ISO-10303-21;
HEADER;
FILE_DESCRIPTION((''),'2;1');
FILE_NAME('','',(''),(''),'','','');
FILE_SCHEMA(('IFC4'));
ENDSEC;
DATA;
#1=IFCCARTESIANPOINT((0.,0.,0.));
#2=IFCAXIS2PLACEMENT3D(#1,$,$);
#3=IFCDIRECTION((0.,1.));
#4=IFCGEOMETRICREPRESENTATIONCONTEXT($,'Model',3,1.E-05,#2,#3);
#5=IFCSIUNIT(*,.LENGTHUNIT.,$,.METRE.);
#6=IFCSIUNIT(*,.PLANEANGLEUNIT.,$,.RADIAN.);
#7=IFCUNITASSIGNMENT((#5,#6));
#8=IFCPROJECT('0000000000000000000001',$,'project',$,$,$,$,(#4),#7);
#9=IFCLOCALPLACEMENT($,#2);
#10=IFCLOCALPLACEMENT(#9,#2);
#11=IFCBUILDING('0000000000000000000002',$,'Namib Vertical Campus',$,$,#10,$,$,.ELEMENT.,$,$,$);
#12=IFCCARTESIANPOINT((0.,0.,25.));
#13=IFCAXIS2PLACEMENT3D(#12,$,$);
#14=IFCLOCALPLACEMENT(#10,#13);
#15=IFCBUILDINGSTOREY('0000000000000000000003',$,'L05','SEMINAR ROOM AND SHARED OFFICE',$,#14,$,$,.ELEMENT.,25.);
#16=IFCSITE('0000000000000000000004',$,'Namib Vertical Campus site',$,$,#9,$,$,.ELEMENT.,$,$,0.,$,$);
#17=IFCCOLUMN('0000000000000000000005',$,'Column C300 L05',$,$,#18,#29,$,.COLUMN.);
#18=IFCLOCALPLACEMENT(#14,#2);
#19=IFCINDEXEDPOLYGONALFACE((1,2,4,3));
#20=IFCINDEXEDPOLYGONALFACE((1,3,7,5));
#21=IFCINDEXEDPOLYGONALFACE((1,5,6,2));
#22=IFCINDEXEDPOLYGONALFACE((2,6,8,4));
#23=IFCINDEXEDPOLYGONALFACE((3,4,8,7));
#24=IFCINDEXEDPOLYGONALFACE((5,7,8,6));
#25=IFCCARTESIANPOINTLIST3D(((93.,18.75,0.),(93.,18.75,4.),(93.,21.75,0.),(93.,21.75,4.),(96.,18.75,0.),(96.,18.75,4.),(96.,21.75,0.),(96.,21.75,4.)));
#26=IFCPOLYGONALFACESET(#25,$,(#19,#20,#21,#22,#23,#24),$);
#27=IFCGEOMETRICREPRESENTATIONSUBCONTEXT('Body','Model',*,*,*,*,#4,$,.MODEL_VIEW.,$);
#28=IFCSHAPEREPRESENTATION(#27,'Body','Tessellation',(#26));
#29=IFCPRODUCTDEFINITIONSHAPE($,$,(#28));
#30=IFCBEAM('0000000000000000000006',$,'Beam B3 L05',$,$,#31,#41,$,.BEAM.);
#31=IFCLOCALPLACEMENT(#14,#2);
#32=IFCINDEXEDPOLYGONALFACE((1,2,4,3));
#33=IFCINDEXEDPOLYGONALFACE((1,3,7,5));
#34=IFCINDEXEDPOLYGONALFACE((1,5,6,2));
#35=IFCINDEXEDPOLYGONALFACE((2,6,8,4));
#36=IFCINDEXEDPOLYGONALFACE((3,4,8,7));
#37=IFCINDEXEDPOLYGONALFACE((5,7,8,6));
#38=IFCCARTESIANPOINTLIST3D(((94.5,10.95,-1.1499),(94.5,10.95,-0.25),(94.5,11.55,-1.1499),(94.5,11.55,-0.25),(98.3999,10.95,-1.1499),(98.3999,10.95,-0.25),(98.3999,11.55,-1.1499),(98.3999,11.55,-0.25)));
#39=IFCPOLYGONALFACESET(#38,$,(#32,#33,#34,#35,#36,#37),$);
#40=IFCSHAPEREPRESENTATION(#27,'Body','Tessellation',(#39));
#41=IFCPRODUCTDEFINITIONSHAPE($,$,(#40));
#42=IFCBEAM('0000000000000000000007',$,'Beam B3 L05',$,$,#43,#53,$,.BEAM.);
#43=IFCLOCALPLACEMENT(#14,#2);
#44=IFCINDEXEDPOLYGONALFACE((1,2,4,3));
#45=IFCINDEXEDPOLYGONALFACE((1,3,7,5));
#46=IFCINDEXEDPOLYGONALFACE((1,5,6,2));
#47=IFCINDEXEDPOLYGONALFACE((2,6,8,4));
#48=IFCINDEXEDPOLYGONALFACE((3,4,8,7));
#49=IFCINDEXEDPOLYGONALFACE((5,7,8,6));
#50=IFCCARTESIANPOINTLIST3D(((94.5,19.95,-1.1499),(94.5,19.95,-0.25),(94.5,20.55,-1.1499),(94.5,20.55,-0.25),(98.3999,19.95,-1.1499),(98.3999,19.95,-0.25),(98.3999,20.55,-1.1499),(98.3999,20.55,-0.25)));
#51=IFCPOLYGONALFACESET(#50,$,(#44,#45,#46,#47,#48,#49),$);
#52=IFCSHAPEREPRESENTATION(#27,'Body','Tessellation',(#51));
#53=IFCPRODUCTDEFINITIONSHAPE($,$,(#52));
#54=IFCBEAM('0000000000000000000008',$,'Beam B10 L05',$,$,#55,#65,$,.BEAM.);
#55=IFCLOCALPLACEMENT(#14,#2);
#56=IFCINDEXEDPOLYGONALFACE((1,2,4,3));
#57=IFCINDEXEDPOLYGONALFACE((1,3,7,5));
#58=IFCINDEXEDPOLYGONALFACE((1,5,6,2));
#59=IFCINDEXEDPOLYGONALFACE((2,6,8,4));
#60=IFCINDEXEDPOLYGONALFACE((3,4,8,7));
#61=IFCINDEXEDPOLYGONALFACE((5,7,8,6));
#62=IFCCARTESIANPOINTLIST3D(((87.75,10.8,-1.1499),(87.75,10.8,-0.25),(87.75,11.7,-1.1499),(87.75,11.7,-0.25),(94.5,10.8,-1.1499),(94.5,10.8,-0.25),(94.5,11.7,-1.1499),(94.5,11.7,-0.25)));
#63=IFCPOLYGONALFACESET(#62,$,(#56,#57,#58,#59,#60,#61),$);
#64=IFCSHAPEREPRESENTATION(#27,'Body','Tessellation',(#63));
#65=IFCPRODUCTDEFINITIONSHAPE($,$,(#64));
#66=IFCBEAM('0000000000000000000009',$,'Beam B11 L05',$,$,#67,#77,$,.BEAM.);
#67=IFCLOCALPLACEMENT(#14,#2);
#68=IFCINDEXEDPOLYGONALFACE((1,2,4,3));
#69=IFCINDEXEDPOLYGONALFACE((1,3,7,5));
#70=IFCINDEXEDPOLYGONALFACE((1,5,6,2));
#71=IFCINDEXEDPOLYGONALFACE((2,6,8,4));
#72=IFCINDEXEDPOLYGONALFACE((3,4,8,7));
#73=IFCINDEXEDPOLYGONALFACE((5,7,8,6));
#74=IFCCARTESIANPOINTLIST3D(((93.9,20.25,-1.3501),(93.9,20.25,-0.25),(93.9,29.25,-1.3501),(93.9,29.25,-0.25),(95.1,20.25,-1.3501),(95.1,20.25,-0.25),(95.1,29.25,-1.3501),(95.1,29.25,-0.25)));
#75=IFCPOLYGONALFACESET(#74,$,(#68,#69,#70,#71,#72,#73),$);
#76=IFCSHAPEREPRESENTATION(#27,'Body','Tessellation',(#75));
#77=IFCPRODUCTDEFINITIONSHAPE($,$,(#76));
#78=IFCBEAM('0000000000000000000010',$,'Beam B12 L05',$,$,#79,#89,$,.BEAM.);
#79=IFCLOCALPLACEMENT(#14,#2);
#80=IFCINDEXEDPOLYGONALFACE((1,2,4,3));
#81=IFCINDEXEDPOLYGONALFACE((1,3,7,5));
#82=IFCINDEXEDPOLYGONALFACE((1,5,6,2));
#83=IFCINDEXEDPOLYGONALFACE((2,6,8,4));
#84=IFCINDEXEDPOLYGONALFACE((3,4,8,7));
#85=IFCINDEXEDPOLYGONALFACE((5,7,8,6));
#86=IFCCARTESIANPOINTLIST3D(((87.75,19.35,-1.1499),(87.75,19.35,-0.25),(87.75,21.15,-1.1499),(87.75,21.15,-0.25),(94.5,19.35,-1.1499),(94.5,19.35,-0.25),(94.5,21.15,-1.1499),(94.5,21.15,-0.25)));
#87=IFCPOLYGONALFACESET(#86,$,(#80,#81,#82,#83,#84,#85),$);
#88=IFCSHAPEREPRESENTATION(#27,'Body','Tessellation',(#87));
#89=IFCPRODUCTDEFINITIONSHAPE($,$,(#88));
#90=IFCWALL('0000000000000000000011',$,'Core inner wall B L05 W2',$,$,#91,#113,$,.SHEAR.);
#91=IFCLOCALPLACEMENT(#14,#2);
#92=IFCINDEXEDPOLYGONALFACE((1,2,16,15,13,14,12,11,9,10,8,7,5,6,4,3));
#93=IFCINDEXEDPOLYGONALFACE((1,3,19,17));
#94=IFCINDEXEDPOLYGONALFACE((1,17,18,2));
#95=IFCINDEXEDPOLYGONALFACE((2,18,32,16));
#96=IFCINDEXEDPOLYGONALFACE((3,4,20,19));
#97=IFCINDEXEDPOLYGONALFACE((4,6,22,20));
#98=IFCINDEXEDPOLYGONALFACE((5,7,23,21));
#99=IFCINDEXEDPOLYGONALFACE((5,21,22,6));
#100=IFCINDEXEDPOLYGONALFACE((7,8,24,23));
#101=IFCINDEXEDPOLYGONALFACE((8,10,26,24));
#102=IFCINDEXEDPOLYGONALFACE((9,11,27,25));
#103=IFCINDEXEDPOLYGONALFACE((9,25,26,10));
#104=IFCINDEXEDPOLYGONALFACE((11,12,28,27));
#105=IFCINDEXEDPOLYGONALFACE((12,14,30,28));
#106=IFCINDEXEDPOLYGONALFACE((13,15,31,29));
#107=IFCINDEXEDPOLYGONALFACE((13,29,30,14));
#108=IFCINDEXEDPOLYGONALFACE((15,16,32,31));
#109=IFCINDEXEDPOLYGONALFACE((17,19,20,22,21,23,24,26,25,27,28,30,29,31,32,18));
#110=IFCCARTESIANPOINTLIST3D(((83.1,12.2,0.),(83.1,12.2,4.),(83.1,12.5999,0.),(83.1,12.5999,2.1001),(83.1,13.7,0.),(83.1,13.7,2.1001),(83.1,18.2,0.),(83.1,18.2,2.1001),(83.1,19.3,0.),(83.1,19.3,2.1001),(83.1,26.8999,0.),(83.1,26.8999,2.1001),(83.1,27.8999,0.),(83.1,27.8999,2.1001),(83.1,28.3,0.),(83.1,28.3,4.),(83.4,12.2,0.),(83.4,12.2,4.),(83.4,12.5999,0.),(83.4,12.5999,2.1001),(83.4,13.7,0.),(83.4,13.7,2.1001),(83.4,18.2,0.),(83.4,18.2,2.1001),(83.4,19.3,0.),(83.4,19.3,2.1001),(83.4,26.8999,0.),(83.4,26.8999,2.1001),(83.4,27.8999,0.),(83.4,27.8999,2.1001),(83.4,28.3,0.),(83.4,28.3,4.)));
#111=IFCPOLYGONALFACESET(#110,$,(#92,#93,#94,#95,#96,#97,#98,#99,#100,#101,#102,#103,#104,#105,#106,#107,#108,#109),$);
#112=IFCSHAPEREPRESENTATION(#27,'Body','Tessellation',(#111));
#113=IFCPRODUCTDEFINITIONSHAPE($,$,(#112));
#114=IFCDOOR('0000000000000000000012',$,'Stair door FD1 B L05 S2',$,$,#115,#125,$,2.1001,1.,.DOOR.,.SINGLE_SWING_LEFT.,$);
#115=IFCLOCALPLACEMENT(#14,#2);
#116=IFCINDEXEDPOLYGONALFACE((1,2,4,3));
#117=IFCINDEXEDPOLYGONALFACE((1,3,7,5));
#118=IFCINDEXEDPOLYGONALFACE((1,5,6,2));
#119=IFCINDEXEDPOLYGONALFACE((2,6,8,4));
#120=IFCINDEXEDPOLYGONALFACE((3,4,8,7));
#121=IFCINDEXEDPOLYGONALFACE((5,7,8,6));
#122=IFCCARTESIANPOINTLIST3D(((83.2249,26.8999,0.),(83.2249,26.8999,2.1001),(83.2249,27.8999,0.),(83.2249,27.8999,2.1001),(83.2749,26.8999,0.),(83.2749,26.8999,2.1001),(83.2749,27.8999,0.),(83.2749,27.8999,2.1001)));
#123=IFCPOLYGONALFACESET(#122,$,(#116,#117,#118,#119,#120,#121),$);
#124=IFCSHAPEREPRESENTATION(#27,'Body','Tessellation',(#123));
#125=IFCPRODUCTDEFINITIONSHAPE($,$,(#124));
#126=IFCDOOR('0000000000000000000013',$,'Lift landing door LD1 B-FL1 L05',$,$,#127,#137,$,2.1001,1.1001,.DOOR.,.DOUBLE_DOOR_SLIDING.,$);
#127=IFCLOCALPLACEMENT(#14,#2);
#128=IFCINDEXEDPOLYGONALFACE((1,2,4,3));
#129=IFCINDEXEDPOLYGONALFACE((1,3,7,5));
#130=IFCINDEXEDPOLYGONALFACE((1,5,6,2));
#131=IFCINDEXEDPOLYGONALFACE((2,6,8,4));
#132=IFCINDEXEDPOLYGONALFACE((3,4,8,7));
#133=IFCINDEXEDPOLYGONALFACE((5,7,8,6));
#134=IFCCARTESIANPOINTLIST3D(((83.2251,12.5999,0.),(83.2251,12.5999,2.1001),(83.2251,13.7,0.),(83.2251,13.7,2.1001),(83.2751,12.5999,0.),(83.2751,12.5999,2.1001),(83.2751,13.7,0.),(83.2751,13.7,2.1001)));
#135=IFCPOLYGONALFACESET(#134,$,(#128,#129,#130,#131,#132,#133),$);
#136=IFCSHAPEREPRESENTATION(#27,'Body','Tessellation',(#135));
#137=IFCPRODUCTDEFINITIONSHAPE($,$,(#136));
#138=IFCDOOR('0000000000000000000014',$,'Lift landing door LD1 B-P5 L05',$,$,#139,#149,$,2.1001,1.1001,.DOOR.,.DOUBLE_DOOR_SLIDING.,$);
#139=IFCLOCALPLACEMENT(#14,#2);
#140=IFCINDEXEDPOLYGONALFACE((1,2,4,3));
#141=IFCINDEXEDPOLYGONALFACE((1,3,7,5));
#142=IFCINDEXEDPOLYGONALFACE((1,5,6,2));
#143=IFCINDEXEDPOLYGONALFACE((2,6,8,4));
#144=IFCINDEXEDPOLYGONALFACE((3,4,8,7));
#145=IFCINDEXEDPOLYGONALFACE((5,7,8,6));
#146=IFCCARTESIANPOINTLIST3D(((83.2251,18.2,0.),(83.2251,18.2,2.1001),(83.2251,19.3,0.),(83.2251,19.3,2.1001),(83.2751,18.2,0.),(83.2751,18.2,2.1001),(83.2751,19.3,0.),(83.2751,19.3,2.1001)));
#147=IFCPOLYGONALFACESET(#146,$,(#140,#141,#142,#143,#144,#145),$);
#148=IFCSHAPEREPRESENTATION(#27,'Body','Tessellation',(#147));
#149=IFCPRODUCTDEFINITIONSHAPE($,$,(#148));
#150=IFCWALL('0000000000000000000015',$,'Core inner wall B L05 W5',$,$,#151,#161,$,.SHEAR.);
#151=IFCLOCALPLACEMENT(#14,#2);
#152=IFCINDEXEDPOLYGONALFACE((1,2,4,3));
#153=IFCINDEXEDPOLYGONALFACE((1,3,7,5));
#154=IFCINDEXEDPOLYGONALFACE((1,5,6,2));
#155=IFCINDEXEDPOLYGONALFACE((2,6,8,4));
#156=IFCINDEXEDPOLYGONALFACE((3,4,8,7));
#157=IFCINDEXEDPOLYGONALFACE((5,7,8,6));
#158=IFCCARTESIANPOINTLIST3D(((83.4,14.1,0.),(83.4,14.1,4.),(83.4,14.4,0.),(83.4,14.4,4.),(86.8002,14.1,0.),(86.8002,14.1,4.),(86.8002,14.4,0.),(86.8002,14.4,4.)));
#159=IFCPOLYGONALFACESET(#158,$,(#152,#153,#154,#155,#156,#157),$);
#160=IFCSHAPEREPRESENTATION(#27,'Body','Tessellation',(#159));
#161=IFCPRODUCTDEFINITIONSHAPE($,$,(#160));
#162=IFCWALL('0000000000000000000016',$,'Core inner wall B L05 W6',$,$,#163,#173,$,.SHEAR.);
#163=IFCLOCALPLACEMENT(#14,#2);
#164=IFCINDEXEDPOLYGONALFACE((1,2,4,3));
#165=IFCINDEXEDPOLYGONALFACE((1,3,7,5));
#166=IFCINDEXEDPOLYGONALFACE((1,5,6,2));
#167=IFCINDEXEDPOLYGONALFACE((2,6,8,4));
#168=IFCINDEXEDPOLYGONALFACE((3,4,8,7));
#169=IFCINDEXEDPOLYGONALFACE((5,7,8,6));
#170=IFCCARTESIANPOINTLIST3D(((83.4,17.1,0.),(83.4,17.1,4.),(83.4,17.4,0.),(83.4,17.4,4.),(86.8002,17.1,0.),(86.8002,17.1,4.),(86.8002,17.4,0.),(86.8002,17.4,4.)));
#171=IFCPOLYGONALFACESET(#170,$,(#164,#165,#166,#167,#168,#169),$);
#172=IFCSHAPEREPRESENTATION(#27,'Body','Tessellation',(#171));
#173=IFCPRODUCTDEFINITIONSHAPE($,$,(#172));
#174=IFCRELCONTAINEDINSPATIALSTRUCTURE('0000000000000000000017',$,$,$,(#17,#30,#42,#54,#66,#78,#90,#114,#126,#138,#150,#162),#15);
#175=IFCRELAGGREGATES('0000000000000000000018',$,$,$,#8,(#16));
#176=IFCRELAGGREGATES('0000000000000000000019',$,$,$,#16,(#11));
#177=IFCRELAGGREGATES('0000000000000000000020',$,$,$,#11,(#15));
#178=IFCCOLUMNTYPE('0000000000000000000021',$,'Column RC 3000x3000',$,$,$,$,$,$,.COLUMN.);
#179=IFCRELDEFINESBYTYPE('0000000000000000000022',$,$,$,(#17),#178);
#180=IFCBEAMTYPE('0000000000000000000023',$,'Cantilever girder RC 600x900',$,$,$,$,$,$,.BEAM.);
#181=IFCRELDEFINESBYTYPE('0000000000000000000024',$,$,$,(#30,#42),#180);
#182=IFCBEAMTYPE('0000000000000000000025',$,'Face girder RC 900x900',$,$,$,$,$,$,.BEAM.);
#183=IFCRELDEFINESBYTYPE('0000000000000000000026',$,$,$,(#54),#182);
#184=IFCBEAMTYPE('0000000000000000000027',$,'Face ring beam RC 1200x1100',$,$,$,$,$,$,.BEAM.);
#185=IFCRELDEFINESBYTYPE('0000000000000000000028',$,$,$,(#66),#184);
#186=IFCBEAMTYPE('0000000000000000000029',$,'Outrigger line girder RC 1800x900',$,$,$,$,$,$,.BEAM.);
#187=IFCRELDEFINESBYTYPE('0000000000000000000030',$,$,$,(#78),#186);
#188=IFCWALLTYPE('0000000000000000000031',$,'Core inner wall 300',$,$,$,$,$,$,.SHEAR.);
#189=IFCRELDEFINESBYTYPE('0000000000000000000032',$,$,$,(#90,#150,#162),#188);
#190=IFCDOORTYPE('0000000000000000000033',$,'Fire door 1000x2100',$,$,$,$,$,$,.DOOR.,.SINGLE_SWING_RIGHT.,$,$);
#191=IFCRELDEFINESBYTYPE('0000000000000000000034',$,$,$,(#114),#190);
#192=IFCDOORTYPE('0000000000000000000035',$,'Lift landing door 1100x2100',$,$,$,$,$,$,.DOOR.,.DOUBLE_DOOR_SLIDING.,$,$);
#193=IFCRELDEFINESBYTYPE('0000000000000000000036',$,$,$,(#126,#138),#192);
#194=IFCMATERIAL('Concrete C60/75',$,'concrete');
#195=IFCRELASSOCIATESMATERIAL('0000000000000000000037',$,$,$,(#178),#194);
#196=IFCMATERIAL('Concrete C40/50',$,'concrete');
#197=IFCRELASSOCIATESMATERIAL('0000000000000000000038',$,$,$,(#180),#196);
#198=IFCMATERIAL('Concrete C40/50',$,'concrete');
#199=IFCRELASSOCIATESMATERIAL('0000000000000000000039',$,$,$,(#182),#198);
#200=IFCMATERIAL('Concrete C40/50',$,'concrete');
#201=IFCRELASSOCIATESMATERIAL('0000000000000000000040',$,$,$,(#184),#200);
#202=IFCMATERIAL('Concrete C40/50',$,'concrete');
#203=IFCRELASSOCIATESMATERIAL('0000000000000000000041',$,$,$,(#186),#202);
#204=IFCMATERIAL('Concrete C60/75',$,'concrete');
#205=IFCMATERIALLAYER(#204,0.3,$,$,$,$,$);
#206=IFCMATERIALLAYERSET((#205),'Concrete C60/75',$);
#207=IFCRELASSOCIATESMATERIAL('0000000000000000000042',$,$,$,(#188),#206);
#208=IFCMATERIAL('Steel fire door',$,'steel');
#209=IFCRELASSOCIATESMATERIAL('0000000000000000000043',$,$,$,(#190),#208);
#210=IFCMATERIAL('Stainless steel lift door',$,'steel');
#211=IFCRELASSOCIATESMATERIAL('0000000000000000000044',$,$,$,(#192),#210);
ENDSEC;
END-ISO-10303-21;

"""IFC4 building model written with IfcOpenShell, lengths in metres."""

from ifc_helpers import new_model, si_unit, direction, frame, frame_2d, origin, origin_2d, place, context, subcontext, project, spatial, rectangle, extrude, material, layer, layer_set, material_profile, profile_set, type_object, element, fill, save


model = new_model("IFC4")

# Units and contexts
model_context = context("Model", 3, precision=1e-05, world=origin(), true_north=direction((0.0, 1.0)))
body_context = subcontext(model_context, "Body", "Model", "MODEL_VIEW")
ifc_project = project(units=[si_unit("LENGTHUNIT", "METRE"), si_unit("PLANEANGLEUNIT", "RADIAN")], contexts=[model_context])

# Site, building, storey
site_placement = place(None, origin())
site = spatial("IfcSite", under=ifc_project, at=site_placement, Name="Namib Vertical Campus site", CompositionType="ELEMENT", RefElevation=0.0)
building_placement = place(site_placement, origin())
building = spatial("IfcBuilding", under=site, at=building_placement, Name="Namib Vertical Campus", CompositionType="ELEMENT")
storey_placement = place(building_placement, frame((0.0, 0.0, 25.0)))
storey = spatial("IfcBuildingStorey", under=building, at=storey_placement, Name="L05", Description="SEMINAR ROOM AND SHARED OFFICE", CompositionType="ELEMENT", Elevation=25.0)

# Column
ifc_material_1 = material(Name="Concrete C60/75", Category="concrete")
ifc_material_profile_1 = material_profile(ifc_material_1, rectangle(XDim=3.0, YDim=3.0, at=origin_2d()))
ifc_profile_set_1 = profile_set([ifc_material_profile_1], Name="Concrete C60/75")
column_type = type_object("IfcColumnType", Name="Column RC 3000x3000", PredefinedType="COLUMN", material=ifc_profile_set_1)
column_placement = place(storey_placement, frame((94.5, 20.25, 0.0), z_axis=(0.0, 0.0, 1.0), x_axis=(1.0, 0.0, 0.0)))
element("IfcColumn", 1, at=column_placement, inside=storey, type_object=column_type, Name="Column C300 L05", PredefinedType="COLUMN", context=body_context, shape_type="SweptSolid", body=[
    extrude(rectangle(XDim=3.0, YDim=3.0, at=origin_2d()), origin(), (0.0, 0.0, 1.0), 4.0),
])

# Beams
ifc_material_2 = material(Name="Concrete C40/50", Category="concrete")
ifc_material_profile_2 = material_profile(ifc_material_2, rectangle(XDim=0.6001, YDim=0.8999, at=origin_2d()))
ifc_profile_set_2 = profile_set([ifc_material_profile_2], Name="Concrete C40/50")
beam_type_1 = type_object("IfcBeamType", Name="Cantilever girder RC 600x900", PredefinedType="BEAM", material=ifc_profile_set_2)
for number, where, z_axis, x_axis, name in (
    (2, (94.5, 11.25, -0.7), (1.0, 0.0, 0.0), (0.0, 1.0, 0.0), "Beam B3 L05"),
    (3, (94.5, 20.25, -0.7), (1.0, 0.0, 0.0), (0.0, 1.0, 0.0), "Beam B3 L05"),
):
    element("IfcBeam", number, at=place(storey_placement, frame(where, z_axis=z_axis, x_axis=x_axis)), inside=storey, type_object=beam_type_1, Name=name, PredefinedType="BEAM", context=body_context, shape_type="SweptSolid", body=[
        extrude(rectangle(XDim=0.6001, YDim=0.8999, at=origin_2d()), origin(), (0.0, 0.0, 1.0), 3.8999),
    ])
ifc_material_3 = material(Name="Concrete C40/50", Category="concrete")
ifc_material_profile_3 = material_profile(ifc_material_3, rectangle(XDim=0.8999, YDim=0.8999, at=origin_2d()))
ifc_profile_set_3 = profile_set([ifc_material_profile_3], Name="Concrete C40/50")
beam_type_2 = type_object("IfcBeamType", Name="Face girder RC 900x900", PredefinedType="BEAM", material=ifc_profile_set_3)
beam_1_placement = place(storey_placement, frame((94.5, 11.25, -0.7), z_axis=(-1.0, 0.0, 0.0), x_axis=(0.0, -1.0, 0.0)))
element("IfcBeam", 4, at=beam_1_placement, inside=storey, type_object=beam_type_2, Name="Beam B10 L05", PredefinedType="BEAM", context=body_context, shape_type="SweptSolid", body=[
    extrude(rectangle(XDim=0.8999, YDim=0.8999, at=origin_2d()), origin(), (0.0, 0.0, 1.0), 6.75),
])
ifc_material_4 = material(Name="Concrete C40/50", Category="concrete")
ifc_material_profile_4 = material_profile(ifc_material_4, rectangle(XDim=1.2, YDim=1.1001, at=origin_2d()))
ifc_profile_set_4 = profile_set([ifc_material_profile_4], Name="Concrete C40/50")
beam_type_3 = type_object("IfcBeamType", Name="Face ring beam RC 1200x1100", PredefinedType="BEAM", material=ifc_profile_set_4)
beam_2_placement = place(storey_placement, frame((94.5, 20.25, -0.8), z_axis=(0.0, 1.0, 0.0), x_axis=(-1.0, 0.0, 0.0)))
element("IfcBeam", 5, at=beam_2_placement, inside=storey, type_object=beam_type_3, Name="Beam B11 L05", PredefinedType="BEAM", context=body_context, shape_type="SweptSolid", body=[
    extrude(rectangle(XDim=1.2, YDim=1.1001, at=origin_2d()), origin(), (0.0, 0.0, 1.0), 9.0),
])
ifc_material_5 = material(Name="Concrete C40/50", Category="concrete")
ifc_material_profile_5 = material_profile(ifc_material_5, rectangle(XDim=1.8, YDim=0.8999, at=origin_2d()))
ifc_profile_set_5 = profile_set([ifc_material_profile_5], Name="Concrete C40/50")
beam_type_4 = type_object("IfcBeamType", Name="Outrigger line girder RC 1800x900", PredefinedType="BEAM", material=ifc_profile_set_5)
beam_3_placement = place(storey_placement, frame((94.5, 20.25, -0.7), z_axis=(-1.0, 0.0, 0.0), x_axis=(0.0, -1.0, 0.0)))
element("IfcBeam", 6, at=beam_3_placement, inside=storey, type_object=beam_type_4, Name="Beam B12 L05", PredefinedType="BEAM", context=body_context, shape_type="SweptSolid", body=[
    extrude(rectangle(XDim=1.8, YDim=0.8999, at=origin_2d()), origin(), (0.0, 0.0, 1.0), 6.75),
])

# Wall, openings, doors
ifc_material_6 = material(Name="Concrete C60/75", Category="concrete")
ifc_layer_1 = layer(ifc_material_6, 0.3)
ifc_layer_set_1 = layer_set([ifc_layer_1], Name="Concrete C60/75")
wall_type_1 = type_object("IfcWallType", Name="Core inner wall 300", PredefinedType="SHEAR", material=ifc_layer_set_1)
wall_1_placement = place(storey_placement, frame((83.25, 12.2, 0.0), z_axis=(0.0, 0.0, 1.0), x_axis=(0.0, 1.0, 0.0)))
wall_1 = element("IfcWall", 7, at=wall_1_placement, inside=storey, type_object=wall_type_1, Name="Core inner wall B L05 W2", PredefinedType="SHEAR", context=body_context, shape_type="SweptSolid", body=[
    extrude(rectangle(XDim=16.1001, YDim=0.3, at=frame_2d((8.05, 0.0))), origin(), (0.0, 0.0, 1.0), 4.0),
])
opening_1_placement = place(wall_1_placement, frame((14.7, 0.0, 0.0)))
opening_1 = element("IfcOpeningElement", 8, at=opening_1_placement, cuts=wall_1, PredefinedType="OPENING", context=body_context, shape_type="SweptSolid", body=[
    extrude(rectangle(XDim=1.0, YDim=2.1001, at=frame_2d((0.5, 1.05))), frame((0.0, 0.1599, 0.0), z_axis=(0.0, -1.0, 0.0), x_axis=(1.0, 0.0, 0.0)), (0.0, 0.0, 1.0), 0.3201),
])
opening_2_placement = place(wall_1_placement, frame((0.3999, 0.0, 0.0)))
opening_2 = element("IfcOpeningElement", 9, at=opening_2_placement, cuts=wall_1, PredefinedType="OPENING", context=body_context, shape_type="SweptSolid", body=[
    extrude(rectangle(XDim=1.1001, YDim=2.1001, at=frame_2d((0.55, 1.05))), frame((0.0, 0.1599, 0.0), z_axis=(0.0, -1.0, 0.0), x_axis=(1.0, 0.0, 0.0)), (0.0, 0.0, 1.0), 0.3201),
])
opening_3_placement = place(wall_1_placement, frame((6.0, 0.0, 0.0)))
opening_3 = element("IfcOpeningElement", 10, at=opening_3_placement, cuts=wall_1, PredefinedType="OPENING", context=body_context, shape_type="SweptSolid", body=[
    extrude(rectangle(XDim=1.1001, YDim=2.1001, at=frame_2d((0.55, 1.05))), frame((0.0, 0.1599, 0.0), z_axis=(0.0, -1.0, 0.0), x_axis=(1.0, 0.0, 0.0)), (0.0, 0.0, 1.0), 0.3201),
])
ifc_material_7 = material(Name="Steel fire door", Category="steel")
door_type_1 = type_object("IfcDoorType", Name="Fire door 1000x2100", OperationType="SINGLE_SWING_RIGHT", PredefinedType="DOOR", material=ifc_material_7)
door_1_placement = place(opening_1_placement, frame((1.0, 0.0, 0.0), z_axis=(0.0, 0.0, 1.0), x_axis=(-1.0, 0.0, 0.0)))
door_1 = element("IfcDoor", 11, at=door_1_placement, inside=storey, type_object=door_type_1, Name="Stair door FD1 B L05 S2", OperationType="SINGLE_SWING_LEFT", OverallHeight=2.1001, OverallWidth=1.0, PredefinedType="DOOR", context=body_context, shape_type="SweptSolid", body=[
    extrude(rectangle(XDim=1.0, YDim=2.1001, at=frame_2d((0.5, 1.05))), frame((0.0, 0.0249, 0.0), z_axis=(0.0, -1.0, 0.0), x_axis=(1.0, 0.0, 0.0)), (0.0, 0.0, 1.0), 0.05),
])
fill(opening_1, door_1)
ifc_material_8 = material(Name="Stainless steel lift door", Category="steel")
door_type_2 = type_object("IfcDoorType", Name="Lift landing door 1100x2100", OperationType="DOUBLE_DOOR_SLIDING", PredefinedType="DOOR", material=ifc_material_8)
door_2_placement = place(opening_2_placement, origin())
door_2 = element("IfcDoor", 12, at=door_2_placement, inside=storey, type_object=door_type_2, Name="Lift landing door LD1 B-FL1 L05", OperationType="DOUBLE_DOOR_SLIDING", OverallHeight=2.1001, OverallWidth=1.1001, PredefinedType="DOOR", context=body_context, shape_type="SweptSolid", body=[
    extrude(rectangle(XDim=1.1001, YDim=2.1001, at=frame_2d((0.55, 1.05))), frame((0.0, 0.0249, 0.0), z_axis=(0.0, -1.0, 0.0), x_axis=(1.0, 0.0, 0.0)), (0.0, 0.0, 1.0), 0.05),
])
fill(opening_2, door_2)
door_3_placement = place(opening_3_placement, origin())
door_3 = element("IfcDoor", 13, at=door_3_placement, inside=storey, type_object=door_type_2, Name="Lift landing door LD1 B-P5 L05", OperationType="DOUBLE_DOOR_SLIDING", OverallHeight=2.1001, OverallWidth=1.1001, PredefinedType="DOOR", context=body_context, shape_type="SweptSolid", body=[
    extrude(rectangle(XDim=1.1001, YDim=2.1001, at=frame_2d((0.55, 1.05))), frame((0.0, 0.0249, 0.0), z_axis=(0.0, -1.0, 0.0), x_axis=(1.0, 0.0, 0.0)), (0.0, 0.0, 1.0), 0.05),
])
fill(opening_3, door_3)

# Walls
for number, where, z_axis, x_axis, name in (
    (14, (83.3999, 14.25, 0.0), (0.0, 0.0, 1.0), (1.0, 0.0, 0.0), "Core inner wall B L05 W5"),
    (15, (83.3999, 17.25, 0.0), (0.0, 0.0, 1.0), (1.0, 0.0, 0.0), "Core inner wall B L05 W6"),
):
    element("IfcWall", number, at=place(storey_placement, frame(where, z_axis=z_axis, x_axis=x_axis)), inside=storey, type_object=wall_type_1, Name=name, PredefinedType="SHEAR", context=body_context, shape_type="SweptSolid", body=[
        extrude(rectangle(XDim=3.4001, YDim=0.3, at=frame_2d((1.7002, 0.0))), origin(), (0.0, 0.0, 1.0), 4.0),
    ])

save(model, "model.ifc")
